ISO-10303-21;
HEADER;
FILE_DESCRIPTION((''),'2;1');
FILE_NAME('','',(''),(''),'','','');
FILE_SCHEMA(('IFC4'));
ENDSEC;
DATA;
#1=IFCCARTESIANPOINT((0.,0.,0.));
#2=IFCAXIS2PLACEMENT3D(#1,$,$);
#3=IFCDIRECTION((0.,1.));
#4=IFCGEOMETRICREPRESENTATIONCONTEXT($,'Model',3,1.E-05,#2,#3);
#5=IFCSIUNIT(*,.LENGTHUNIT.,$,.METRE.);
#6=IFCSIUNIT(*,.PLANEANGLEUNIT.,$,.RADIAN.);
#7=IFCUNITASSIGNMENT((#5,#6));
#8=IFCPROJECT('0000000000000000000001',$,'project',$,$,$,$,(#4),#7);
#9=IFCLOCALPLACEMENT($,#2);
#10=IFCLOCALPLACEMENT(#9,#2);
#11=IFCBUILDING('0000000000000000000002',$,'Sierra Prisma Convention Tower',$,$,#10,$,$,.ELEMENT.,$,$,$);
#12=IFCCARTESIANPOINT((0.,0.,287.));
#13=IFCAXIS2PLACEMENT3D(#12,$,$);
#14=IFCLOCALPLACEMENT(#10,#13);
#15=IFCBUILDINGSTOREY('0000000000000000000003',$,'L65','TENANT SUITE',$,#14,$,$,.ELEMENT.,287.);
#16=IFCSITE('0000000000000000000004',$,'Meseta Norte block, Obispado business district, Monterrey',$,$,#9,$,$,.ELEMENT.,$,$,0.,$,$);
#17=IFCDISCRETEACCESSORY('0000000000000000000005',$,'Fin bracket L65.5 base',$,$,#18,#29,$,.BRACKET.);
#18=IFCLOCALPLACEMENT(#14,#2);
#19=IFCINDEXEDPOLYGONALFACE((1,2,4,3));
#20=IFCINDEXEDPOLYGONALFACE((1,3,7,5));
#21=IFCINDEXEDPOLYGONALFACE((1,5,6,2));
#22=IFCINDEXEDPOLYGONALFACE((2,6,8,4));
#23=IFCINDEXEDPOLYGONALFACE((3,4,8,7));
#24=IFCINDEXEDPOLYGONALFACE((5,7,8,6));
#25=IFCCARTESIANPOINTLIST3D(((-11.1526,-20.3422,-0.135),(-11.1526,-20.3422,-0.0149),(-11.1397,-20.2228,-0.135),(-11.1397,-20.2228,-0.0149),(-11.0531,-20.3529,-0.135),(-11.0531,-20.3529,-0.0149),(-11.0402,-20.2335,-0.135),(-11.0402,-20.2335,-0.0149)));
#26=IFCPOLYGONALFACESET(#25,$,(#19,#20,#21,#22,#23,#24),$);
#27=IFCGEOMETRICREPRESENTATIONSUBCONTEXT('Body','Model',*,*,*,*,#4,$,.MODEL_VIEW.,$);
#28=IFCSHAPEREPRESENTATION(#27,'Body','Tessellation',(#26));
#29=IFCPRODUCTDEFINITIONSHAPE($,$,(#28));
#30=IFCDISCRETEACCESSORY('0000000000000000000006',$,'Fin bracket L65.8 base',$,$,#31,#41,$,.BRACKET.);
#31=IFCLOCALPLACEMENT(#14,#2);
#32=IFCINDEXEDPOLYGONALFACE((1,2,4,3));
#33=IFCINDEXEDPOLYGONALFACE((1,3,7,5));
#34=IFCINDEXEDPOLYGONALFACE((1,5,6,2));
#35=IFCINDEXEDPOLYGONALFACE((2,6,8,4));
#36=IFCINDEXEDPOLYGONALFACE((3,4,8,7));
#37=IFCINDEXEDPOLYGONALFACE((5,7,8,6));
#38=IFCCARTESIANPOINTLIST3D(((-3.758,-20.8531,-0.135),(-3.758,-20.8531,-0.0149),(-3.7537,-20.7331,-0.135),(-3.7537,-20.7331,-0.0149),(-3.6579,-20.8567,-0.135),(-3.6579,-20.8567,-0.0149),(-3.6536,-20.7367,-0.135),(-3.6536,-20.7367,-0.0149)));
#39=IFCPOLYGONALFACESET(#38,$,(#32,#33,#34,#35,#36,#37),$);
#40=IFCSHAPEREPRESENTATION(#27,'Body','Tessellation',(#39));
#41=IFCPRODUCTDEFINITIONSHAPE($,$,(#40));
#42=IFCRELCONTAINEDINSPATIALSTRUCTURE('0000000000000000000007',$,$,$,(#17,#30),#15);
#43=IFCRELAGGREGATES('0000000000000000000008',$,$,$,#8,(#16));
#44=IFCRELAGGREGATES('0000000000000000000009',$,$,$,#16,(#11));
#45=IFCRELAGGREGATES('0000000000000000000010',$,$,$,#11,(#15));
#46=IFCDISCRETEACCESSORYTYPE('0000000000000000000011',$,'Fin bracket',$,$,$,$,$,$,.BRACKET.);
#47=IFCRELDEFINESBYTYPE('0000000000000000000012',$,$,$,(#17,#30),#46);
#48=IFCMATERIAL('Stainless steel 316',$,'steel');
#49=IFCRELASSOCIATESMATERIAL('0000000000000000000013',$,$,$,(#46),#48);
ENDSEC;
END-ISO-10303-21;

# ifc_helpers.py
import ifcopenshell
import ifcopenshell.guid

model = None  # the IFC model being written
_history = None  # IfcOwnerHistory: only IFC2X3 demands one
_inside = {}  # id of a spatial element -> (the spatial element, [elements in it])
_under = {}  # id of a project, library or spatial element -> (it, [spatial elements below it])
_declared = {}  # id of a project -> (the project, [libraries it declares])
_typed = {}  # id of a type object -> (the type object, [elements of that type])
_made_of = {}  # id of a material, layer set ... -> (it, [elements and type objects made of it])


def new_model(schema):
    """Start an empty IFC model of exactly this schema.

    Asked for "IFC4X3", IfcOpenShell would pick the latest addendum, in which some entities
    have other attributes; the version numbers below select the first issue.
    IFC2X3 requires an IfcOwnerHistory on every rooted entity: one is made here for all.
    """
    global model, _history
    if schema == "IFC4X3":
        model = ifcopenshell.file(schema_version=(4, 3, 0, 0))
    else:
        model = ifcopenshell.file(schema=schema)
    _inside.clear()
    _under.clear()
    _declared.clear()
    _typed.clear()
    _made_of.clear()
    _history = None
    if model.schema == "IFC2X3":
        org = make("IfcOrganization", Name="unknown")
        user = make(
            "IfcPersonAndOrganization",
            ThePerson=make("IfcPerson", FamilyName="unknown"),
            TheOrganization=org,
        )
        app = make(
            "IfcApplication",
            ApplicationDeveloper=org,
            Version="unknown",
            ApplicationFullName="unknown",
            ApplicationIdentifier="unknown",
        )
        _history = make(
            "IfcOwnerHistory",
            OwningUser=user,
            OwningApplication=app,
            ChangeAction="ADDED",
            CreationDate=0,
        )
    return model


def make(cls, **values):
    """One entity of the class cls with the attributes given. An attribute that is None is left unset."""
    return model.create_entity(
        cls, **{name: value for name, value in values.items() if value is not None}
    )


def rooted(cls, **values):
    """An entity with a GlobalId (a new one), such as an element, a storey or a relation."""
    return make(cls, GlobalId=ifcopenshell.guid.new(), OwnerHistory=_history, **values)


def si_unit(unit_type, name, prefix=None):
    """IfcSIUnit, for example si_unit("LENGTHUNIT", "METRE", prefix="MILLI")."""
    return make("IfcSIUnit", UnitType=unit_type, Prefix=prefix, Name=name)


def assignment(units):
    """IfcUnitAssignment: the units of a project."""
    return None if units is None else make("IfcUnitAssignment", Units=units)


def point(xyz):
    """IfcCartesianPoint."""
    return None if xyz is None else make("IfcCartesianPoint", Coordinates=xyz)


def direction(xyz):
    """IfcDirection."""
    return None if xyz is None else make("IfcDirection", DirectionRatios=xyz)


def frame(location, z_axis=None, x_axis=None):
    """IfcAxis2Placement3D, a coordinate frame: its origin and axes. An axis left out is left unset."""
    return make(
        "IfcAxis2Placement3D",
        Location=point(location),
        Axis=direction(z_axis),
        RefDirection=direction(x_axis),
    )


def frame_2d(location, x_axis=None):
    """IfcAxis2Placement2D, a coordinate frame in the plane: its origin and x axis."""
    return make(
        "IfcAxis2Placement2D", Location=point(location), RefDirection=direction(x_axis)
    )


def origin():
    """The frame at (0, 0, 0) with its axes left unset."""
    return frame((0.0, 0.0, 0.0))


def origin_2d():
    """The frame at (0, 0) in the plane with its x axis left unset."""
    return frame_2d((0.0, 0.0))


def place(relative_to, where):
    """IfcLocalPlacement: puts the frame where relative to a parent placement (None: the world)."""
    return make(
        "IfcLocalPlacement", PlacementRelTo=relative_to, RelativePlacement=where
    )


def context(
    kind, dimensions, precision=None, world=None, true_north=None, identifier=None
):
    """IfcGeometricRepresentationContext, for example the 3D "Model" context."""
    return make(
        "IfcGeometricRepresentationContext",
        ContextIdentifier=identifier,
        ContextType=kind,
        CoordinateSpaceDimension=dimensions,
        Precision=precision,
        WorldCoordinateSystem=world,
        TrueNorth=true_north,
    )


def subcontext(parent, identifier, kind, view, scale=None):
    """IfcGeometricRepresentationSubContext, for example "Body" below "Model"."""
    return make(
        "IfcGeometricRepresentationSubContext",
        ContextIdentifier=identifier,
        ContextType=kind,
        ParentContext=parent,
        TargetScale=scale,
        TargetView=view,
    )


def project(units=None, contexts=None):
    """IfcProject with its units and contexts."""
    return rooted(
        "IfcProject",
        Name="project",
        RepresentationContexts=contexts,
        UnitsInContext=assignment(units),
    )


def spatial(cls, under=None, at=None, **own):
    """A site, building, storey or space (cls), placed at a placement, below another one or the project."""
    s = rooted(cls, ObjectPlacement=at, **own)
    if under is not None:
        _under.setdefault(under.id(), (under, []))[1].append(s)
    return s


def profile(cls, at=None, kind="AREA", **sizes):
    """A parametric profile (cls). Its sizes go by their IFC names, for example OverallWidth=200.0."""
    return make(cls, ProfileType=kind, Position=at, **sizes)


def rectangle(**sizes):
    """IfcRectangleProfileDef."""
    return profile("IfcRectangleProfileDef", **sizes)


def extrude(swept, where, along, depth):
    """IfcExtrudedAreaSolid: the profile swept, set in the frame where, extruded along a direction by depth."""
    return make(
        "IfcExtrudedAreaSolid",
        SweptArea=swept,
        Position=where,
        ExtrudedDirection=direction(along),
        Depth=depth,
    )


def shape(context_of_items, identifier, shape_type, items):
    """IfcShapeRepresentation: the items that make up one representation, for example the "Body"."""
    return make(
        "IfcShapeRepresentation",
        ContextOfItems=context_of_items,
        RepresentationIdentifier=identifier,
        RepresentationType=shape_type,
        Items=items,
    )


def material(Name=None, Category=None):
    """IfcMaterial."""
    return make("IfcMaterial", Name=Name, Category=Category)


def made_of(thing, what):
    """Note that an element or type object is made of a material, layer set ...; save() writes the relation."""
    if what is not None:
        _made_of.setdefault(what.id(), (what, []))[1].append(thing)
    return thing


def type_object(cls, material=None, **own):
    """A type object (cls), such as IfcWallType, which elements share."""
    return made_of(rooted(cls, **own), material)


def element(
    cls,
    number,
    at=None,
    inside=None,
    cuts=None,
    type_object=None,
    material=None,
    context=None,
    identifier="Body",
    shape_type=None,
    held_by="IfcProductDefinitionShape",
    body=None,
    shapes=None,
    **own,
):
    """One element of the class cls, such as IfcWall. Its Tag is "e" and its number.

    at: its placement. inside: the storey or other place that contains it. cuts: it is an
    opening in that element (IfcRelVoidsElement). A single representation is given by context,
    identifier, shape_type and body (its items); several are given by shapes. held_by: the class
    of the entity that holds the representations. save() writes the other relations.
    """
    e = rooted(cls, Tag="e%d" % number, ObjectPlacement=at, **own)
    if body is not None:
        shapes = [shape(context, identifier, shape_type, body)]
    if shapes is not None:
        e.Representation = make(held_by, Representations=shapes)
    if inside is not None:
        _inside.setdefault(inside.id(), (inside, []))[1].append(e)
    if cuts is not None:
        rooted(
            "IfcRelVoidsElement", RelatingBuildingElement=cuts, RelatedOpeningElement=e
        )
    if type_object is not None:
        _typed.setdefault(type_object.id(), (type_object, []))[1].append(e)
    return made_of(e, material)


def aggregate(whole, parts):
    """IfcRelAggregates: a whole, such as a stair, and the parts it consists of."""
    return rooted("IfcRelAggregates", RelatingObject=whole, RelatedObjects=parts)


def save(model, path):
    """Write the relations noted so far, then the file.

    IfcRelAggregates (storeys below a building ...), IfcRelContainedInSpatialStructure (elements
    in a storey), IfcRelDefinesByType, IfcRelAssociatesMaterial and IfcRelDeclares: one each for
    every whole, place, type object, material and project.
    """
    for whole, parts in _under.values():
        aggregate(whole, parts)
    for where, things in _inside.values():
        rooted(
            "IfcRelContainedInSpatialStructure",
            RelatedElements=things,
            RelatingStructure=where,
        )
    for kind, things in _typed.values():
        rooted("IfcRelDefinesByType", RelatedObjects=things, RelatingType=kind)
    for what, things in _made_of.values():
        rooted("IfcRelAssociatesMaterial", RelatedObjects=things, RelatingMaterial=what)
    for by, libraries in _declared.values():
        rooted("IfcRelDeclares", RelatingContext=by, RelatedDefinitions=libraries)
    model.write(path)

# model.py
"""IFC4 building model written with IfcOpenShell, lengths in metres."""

from ifc_helpers import new_model, si_unit, direction, frame, origin, origin_2d, place, context, subcontext, project, spatial, rectangle, extrude, material, type_object, element, save


model = new_model("IFC4")

# Units and contexts
model_context = context("Model", 3, precision=1e-05, world=origin(), true_north=direction((0.0, 1.0)))
body_context = subcontext(model_context, "Body", "Model", "MODEL_VIEW")
ifc_project = project(units=[si_unit("LENGTHUNIT", "METRE"), si_unit("PLANEANGLEUNIT", "RADIAN")], contexts=[model_context])

# Site, building, storey
site_placement = place(None, origin())
site = spatial("IfcSite", under=ifc_project, at=site_placement, Name="Meseta Norte block, Obispado business district, Monterrey", CompositionType="ELEMENT", RefElevation=0.0)
building_placement = place(site_placement, origin())
building = spatial("IfcBuilding", under=site, at=building_placement, Name="Sierra Prisma Convention Tower", CompositionType="ELEMENT")
storey_placement = place(building_placement, frame((0.0, 0.0, 287.0)))
storey = spatial("IfcBuildingStorey", under=building, at=storey_placement, Name="L65", Description="TENANT SUITE", CompositionType="ELEMENT", Elevation=287.0)

# Discrete accessories
ifc_material_1 = material(Name="Stainless steel 316", Category="steel")
discrete_accessory_type = type_object("IfcDiscreteAccessoryType", Name="Fin bracket", PredefinedType="BRACKET", material=ifc_material_1)
for number, where, z_axis, x_axis, name in (
    (1, (-11.0964, -20.2878, -0.135), (0.0, 0.0, 1.0), (-0.107455, -0.99421, 0.0), "Fin bracket L65.5 base"),
    (2, (-3.7058, -20.7949, -0.135), (0.0, 0.0, 1.0), (-0.03588, -0.999356, 0.0), "Fin bracket L65.8 base"),
):
    element("IfcDiscreteAccessory", number, at=place(storey_placement, frame(where, z_axis=z_axis, x_axis=x_axis)), inside=storey, type_object=discrete_accessory_type, Name=name, PredefinedType="BRACKET", context=body_context, shape_type="SweptSolid", body=[
        extrude(rectangle(XDim=0.1201, YDim=0.1001, at=origin_2d()), origin(), (0.0, 0.0, 1.0), 0.1201),
    ])

save(model, "model.ifc")
